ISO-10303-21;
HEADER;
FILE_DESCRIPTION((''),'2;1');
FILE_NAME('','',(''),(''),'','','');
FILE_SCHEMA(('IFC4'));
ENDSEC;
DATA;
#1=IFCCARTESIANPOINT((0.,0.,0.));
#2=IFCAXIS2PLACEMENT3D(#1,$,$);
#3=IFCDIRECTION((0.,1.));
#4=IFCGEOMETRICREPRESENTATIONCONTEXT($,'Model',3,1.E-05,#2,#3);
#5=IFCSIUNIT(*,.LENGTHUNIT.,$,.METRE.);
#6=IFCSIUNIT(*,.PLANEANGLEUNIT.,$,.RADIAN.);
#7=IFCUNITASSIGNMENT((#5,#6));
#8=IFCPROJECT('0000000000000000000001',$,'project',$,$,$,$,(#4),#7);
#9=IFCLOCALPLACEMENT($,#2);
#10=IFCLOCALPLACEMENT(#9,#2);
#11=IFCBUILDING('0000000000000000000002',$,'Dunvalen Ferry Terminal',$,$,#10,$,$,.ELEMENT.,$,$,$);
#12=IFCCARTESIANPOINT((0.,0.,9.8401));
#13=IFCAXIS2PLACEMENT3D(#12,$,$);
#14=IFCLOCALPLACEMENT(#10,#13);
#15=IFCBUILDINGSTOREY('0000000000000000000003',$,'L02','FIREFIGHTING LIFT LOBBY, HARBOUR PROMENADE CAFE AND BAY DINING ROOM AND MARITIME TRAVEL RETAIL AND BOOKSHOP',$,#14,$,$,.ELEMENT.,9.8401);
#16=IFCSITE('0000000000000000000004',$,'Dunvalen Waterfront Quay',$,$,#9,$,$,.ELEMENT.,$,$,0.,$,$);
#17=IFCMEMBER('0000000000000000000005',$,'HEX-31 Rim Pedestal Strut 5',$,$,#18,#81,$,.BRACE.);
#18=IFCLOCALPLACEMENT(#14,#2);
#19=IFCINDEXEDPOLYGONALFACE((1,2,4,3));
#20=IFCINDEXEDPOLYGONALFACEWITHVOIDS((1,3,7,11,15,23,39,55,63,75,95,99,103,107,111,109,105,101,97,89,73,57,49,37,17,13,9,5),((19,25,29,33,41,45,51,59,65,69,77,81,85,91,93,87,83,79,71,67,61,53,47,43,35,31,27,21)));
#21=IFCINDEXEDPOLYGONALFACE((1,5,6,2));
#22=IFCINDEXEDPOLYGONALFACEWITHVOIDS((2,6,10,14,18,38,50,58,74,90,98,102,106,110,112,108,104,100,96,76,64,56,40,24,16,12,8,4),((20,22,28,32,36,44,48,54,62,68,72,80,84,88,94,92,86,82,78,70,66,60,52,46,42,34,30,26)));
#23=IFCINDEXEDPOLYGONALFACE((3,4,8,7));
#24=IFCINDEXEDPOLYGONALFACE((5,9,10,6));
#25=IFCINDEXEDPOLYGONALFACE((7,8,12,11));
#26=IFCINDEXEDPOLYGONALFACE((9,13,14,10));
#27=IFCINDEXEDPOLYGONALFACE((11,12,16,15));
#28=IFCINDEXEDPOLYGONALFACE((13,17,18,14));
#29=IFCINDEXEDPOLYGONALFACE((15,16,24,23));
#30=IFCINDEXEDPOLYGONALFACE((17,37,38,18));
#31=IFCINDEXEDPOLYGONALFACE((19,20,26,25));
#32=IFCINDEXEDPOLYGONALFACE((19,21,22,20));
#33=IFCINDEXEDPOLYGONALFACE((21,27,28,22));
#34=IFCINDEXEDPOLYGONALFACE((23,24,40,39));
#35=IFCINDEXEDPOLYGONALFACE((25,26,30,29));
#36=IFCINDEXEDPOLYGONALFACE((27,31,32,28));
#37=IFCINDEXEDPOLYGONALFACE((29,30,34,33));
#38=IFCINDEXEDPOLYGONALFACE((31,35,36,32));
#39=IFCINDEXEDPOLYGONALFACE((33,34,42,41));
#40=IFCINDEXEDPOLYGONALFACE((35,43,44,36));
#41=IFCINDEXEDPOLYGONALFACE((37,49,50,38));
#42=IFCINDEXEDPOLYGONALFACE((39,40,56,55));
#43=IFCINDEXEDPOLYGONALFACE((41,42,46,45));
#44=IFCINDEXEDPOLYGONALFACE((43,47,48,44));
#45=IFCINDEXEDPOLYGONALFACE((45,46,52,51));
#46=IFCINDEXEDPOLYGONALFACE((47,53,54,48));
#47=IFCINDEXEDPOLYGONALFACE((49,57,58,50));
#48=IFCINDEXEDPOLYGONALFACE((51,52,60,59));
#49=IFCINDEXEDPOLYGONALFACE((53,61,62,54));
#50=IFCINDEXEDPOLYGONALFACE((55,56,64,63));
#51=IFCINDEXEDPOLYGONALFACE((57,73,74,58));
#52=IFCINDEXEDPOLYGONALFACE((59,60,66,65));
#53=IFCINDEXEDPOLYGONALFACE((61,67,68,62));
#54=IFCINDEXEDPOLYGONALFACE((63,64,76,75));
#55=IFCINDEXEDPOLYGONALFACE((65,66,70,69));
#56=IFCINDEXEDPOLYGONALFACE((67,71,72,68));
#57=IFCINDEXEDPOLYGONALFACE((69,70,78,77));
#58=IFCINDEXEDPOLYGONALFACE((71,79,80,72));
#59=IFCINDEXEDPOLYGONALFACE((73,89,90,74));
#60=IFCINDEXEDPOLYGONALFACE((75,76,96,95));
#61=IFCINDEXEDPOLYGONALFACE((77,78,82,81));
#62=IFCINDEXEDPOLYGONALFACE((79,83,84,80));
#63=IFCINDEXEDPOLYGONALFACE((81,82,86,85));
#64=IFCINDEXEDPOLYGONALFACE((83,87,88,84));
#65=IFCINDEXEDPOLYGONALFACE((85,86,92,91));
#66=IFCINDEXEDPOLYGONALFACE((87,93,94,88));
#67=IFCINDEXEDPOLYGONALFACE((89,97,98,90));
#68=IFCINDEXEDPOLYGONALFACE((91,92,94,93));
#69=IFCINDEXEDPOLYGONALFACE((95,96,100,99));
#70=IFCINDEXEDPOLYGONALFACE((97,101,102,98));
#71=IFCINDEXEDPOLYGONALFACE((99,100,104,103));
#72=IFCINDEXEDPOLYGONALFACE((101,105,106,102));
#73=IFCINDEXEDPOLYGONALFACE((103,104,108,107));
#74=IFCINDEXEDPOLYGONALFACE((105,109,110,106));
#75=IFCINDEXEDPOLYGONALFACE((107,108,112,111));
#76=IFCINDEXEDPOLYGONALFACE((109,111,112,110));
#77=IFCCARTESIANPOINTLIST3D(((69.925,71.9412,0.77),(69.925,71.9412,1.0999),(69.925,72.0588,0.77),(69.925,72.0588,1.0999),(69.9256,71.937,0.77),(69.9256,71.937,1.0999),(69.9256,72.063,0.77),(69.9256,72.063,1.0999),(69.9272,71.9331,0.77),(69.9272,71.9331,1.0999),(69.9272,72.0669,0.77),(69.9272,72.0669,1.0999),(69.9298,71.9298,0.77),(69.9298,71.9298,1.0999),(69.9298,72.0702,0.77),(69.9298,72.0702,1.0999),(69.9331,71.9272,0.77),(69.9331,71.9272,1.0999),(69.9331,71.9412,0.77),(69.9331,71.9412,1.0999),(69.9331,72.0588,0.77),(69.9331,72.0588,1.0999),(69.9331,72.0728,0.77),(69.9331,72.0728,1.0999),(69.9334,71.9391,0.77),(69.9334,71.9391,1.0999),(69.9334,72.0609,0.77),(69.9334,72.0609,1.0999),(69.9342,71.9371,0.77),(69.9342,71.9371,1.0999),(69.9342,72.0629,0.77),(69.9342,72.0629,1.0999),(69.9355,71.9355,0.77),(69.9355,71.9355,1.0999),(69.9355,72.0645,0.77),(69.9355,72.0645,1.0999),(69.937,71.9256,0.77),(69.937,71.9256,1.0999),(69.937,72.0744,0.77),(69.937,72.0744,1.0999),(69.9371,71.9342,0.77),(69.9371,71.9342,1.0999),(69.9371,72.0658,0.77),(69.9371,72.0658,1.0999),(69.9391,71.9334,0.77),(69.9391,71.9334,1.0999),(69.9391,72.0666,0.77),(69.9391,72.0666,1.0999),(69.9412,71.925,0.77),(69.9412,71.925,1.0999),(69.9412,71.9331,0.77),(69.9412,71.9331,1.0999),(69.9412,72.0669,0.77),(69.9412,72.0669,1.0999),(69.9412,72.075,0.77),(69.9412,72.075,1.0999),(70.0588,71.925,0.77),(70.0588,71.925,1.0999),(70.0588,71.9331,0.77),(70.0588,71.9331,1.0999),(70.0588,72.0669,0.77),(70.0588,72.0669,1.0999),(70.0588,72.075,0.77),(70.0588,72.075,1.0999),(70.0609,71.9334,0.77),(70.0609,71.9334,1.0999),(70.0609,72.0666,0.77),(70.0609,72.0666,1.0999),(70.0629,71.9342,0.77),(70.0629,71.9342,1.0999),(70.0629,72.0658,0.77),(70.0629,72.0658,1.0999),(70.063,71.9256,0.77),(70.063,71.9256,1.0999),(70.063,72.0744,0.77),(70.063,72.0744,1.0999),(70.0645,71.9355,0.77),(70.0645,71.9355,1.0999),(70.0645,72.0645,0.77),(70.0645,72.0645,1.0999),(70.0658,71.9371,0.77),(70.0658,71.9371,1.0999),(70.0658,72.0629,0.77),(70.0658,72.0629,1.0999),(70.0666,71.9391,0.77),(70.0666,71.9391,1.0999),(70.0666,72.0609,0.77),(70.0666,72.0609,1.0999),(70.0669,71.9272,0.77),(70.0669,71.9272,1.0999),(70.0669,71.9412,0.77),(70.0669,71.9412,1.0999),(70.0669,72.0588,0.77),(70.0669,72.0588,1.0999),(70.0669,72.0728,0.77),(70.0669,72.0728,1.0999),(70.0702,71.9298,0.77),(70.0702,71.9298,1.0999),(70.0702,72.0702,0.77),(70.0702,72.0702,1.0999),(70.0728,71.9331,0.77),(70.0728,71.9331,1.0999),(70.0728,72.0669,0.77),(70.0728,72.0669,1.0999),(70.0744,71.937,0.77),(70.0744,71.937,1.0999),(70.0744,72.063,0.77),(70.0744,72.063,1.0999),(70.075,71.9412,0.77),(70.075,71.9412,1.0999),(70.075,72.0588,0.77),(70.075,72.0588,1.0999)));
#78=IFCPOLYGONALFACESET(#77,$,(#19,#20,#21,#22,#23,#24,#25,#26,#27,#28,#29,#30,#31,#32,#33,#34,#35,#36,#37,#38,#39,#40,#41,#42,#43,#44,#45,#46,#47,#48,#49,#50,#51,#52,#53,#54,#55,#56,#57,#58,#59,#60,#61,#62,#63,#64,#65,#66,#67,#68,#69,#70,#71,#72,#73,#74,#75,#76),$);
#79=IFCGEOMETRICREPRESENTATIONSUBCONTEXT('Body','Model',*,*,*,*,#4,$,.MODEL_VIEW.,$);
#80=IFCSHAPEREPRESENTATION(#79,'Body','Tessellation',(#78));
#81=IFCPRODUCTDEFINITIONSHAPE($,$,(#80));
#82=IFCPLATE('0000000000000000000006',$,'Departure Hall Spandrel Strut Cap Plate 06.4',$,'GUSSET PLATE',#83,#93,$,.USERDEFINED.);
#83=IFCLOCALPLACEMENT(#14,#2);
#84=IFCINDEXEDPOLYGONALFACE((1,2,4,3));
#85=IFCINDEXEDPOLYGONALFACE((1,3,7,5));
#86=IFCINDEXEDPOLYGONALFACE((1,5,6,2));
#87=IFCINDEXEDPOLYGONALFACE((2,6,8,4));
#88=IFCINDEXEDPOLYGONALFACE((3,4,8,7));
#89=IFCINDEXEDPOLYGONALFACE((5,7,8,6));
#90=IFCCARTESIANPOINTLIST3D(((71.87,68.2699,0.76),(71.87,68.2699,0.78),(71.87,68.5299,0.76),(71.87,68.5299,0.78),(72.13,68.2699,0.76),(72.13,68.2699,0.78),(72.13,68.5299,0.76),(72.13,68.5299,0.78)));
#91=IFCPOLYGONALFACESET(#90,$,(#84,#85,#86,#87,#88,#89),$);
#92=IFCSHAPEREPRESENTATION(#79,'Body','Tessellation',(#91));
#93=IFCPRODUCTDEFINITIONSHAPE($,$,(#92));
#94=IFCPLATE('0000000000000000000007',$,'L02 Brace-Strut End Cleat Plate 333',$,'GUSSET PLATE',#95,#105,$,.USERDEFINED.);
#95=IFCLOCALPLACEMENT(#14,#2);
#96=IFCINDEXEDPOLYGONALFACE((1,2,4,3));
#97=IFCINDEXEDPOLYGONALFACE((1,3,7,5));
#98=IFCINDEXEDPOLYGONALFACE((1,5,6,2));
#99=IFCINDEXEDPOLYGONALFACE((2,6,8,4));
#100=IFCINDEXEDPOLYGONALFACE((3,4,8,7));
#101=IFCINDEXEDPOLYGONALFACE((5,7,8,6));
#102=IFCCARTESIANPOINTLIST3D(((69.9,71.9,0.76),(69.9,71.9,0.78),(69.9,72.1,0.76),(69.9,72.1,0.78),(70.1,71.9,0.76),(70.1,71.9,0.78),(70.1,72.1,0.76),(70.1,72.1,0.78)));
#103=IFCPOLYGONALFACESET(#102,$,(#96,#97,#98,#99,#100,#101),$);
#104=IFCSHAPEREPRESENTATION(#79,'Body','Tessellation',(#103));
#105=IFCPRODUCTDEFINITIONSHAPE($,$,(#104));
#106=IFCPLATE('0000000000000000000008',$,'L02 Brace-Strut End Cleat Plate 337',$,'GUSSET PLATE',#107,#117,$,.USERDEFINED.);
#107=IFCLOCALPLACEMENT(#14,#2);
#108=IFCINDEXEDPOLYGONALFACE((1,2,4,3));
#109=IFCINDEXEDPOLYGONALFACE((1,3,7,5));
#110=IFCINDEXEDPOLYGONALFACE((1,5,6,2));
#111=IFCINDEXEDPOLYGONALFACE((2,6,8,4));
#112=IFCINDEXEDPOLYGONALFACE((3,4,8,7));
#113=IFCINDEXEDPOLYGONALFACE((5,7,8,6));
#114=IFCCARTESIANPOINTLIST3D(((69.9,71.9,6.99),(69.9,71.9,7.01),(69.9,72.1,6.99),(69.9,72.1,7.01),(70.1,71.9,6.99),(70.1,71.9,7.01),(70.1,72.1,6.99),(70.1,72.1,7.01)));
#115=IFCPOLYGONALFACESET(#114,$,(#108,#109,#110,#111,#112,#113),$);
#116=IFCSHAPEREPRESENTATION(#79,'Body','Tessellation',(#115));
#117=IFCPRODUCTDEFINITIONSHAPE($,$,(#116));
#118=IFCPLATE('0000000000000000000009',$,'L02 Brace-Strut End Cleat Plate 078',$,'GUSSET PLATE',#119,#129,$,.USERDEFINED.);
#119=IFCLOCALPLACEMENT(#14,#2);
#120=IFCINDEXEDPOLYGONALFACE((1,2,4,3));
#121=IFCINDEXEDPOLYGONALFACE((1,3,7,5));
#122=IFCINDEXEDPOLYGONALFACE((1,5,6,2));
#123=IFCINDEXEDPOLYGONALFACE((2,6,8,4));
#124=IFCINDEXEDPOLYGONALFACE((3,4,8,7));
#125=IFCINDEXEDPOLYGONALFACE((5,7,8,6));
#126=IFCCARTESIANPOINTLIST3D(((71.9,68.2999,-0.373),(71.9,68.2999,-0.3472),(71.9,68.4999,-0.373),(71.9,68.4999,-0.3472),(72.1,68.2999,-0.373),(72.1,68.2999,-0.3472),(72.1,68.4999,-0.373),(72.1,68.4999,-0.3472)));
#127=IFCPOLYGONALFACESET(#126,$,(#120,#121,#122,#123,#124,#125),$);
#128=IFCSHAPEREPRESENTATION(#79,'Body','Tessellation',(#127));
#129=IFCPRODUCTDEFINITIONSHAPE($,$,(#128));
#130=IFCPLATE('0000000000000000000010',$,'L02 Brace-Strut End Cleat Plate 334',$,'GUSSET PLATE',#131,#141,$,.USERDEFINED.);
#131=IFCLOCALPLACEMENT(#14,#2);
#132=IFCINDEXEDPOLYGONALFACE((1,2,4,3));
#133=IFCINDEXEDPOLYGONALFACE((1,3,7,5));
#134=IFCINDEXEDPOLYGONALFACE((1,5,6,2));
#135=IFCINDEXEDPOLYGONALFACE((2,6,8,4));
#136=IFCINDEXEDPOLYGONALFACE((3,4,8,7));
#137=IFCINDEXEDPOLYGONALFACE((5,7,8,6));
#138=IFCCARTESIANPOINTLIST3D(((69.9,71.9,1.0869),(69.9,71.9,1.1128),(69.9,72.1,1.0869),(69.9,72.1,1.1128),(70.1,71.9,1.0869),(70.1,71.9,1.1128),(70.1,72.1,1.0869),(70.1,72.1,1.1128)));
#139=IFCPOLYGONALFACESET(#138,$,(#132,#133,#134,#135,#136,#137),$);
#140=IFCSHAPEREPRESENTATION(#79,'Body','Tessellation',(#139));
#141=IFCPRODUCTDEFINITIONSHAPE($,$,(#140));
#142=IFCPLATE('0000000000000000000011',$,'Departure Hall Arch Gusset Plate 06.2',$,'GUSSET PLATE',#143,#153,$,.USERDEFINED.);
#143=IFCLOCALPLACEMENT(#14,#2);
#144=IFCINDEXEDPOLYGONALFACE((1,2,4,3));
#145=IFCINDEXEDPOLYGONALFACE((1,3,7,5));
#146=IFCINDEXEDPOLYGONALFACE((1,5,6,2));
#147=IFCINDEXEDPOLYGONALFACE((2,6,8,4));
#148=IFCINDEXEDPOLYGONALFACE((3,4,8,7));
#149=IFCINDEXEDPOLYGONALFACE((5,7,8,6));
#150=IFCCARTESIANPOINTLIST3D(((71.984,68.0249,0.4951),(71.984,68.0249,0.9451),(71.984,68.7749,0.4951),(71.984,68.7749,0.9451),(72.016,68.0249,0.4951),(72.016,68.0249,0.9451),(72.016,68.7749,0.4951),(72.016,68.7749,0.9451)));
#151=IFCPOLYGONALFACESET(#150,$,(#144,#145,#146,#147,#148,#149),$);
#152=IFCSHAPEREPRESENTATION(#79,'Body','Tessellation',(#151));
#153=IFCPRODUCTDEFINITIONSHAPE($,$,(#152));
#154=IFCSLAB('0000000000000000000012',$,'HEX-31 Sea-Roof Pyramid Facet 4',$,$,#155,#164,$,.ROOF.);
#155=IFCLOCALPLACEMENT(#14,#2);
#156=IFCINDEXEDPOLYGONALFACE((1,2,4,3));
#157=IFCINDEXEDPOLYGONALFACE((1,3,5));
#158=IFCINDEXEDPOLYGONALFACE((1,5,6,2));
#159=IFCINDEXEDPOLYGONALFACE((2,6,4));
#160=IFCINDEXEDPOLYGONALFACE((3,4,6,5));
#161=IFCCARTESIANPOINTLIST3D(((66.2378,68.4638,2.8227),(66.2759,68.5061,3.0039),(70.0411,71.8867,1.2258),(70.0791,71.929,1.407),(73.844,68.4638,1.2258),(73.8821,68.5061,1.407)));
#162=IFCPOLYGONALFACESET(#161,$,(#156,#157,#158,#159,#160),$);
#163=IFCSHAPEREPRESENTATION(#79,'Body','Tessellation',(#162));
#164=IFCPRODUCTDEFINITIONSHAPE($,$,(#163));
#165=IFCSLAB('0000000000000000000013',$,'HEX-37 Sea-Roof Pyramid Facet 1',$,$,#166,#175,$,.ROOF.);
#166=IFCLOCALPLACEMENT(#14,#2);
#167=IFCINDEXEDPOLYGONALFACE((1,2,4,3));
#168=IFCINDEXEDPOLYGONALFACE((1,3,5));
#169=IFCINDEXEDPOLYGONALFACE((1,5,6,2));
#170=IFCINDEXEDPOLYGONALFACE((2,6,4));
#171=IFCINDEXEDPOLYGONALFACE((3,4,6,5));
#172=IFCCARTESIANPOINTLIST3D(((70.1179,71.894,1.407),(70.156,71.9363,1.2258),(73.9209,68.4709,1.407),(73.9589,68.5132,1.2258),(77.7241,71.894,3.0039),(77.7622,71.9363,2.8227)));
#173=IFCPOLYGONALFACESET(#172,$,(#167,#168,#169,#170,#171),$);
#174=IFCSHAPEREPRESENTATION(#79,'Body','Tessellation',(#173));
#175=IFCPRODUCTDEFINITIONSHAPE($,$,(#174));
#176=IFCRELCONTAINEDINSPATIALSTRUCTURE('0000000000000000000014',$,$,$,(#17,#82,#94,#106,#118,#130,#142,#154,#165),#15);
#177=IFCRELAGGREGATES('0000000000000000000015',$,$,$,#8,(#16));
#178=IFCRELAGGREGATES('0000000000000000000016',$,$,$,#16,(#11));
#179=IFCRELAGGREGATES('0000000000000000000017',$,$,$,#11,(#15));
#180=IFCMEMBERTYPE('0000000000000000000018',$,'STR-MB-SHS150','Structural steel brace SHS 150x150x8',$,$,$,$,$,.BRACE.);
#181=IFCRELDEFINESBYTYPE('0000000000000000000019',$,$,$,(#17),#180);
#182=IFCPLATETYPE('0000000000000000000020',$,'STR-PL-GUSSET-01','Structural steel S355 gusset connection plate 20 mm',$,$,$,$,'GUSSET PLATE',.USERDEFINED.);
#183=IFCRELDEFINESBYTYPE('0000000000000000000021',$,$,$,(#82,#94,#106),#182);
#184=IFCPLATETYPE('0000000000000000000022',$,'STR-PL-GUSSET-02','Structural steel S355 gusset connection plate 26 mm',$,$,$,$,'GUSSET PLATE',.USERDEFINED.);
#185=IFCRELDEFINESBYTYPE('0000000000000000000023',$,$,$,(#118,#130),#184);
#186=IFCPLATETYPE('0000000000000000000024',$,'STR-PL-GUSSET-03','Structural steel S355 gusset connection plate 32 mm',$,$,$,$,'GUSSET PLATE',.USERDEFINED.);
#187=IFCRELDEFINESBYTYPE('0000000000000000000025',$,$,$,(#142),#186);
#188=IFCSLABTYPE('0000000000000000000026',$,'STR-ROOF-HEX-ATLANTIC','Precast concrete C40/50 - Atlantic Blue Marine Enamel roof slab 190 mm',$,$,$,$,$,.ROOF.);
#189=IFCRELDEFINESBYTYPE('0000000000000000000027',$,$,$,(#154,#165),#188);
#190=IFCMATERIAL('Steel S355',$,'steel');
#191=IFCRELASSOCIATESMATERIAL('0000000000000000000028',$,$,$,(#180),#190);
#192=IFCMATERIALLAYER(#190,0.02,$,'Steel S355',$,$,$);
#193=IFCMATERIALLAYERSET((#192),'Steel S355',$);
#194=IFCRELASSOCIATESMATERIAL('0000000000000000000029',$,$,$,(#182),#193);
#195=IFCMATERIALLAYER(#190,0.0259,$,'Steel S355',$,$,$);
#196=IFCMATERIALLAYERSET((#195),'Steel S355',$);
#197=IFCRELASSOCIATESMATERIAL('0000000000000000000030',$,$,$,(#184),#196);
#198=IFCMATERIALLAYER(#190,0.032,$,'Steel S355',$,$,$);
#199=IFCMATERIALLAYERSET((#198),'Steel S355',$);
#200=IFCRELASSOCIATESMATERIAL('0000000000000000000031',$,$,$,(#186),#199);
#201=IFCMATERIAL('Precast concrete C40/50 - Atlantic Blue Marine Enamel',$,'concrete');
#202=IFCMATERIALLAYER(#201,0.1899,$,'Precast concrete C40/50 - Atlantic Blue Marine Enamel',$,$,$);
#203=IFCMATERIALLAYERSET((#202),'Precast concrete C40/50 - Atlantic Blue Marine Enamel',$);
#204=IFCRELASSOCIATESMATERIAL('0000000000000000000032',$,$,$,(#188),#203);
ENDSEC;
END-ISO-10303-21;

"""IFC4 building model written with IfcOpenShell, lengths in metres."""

from ifc_helpers import new_model, si_unit, direction, frame, origin, origin_2d, place, context, subcontext, project, spatial, polyline, rectangle, hollow_rectangle, outline, extrude, material, layer, layer_set, material_profile, profile_set, type_object, element, save


model = new_model("IFC4")

# Units and contexts
model_context = context("Model", 3, precision=1e-05, world=origin(), true_north=direction((0.0, 1.0)))
body_context = subcontext(model_context, "Body", "Model", "MODEL_VIEW")
ifc_project = project(units=[si_unit("LENGTHUNIT", "METRE"), si_unit("PLANEANGLEUNIT", "RADIAN")], contexts=[model_context])

# Site, building, storey
site_placement = place(None, origin())
site = spatial("IfcSite", under=ifc_project, at=site_placement, Name="Dunvalen Waterfront Quay", CompositionType="ELEMENT", RefElevation=0.0)
building_placement = place(site_placement, origin())
building = spatial("IfcBuilding", under=site, at=building_placement, Name="Dunvalen Ferry Terminal", CompositionType="ELEMENT")
storey_placement = place(building_placement, frame((0.0, 0.0, 9.8401)))
storey = spatial("IfcBuildingStorey", under=building, at=storey_placement, Name="L02", Description="FIREFIGHTING LIFT LOBBY, HARBOUR PROMENADE CAFE AND BAY DINING ROOM AND MARITIME TRAVEL RETAIL AND BOOKSHOP", CompositionType="ELEMENT", Elevation=9.8401)

# Shared definitions
ifc_material_1 = material(Name="Steel S355", Category="steel")

# Member
ifc_material_profile_1 = material_profile(ifc_material_1, hollow_rectangle(XDim=0.1499, YDim=0.1499, WallThickness=0.0081, InnerFilletRadius=0.0081, OuterFilletRadius=0.0161, at=origin_2d()), Name="Steel S355")
ifc_profile_set_1 = profile_set([ifc_material_profile_1], Name="Steel S355")
member_type_1 = type_object("IfcMemberType", Name="STR-MB-SHS150", Description="Structural steel brace SHS 150x150x8", PredefinedType="BRACE", material=ifc_profile_set_1)
for number, where, z_axis, x_axis, name in (
    (1, (70.0, 72.0, 0.77), (0.0, 0.0, 1.0), (1.0, 0.0, 0.0), "HEX-31 Rim Pedestal Strut 5"),
):
    element("IfcMember", number, at=place(storey_placement, frame(where, z_axis=z_axis, x_axis=x_axis)), inside=storey, type_object=member_type_1, Name=name, PredefinedType="BRACE", context=body_context, shape_type="SweptSolid", body=[
        extrude(hollow_rectangle(XDim=0.1499, YDim=0.1499, WallThickness=0.0081, InnerFilletRadius=0.0081, OuterFilletRadius=0.0161, at=origin_2d()), origin(), (0.0, 0.0, 1.0), 0.3298),
    ])

# Plates
ifc_layer_1 = layer(ifc_material_1, 0.02, Name="Steel S355")
ifc_layer_set_1 = layer_set([ifc_layer_1], Name="Steel S355")
plate_type_1 = type_object("IfcPlateType", Name="STR-PL-GUSSET-01", Description="Structural steel S355 gusset connection plate 20 mm", ElementType="GUSSET PLATE", PredefinedType="USERDEFINED", material=ifc_layer_set_1)
plate_1_placement = place(storey_placement, frame((72.0, 68.3999, 0.76), z_axis=(0.0, 0.0, 1.0), x_axis=(1.0, 0.0, 0.0)))
element("IfcPlate", 2, at=plate_1_placement, inside=storey, type_object=plate_type_1, Name="Departure Hall Spandrel Strut Cap Plate 06.4", ObjectType="GUSSET PLATE", PredefinedType="USERDEFINED", context=body_context, shape_type="SweptSolid", body=[
    extrude(rectangle(XDim=0.26, YDim=0.26, at=origin_2d()), origin(), (0.0, 0.0, 1.0), 0.02),
])
for number, where, z_axis, x_axis, name in (
    (3, (70.0, 72.0, 0.76), (0.0, 0.0, 1.0), (1.0, 0.0, 0.0), "L02 Brace-Strut End Cleat Plate 333"),
    (4, (70.0, 72.0, 6.99), (0.0, 0.0, 1.0), (1.0, 0.0, 0.0), "L02 Brace-Strut End Cleat Plate 337"),
):
    element("IfcPlate", number, at=place(storey_placement, frame(where, z_axis=z_axis, x_axis=x_axis)), inside=storey, type_object=plate_type_1, Name=name, ObjectType="GUSSET PLATE", PredefinedType="USERDEFINED", context=body_context, shape_type="SweptSolid", body=[
        extrude(rectangle(XDim=0.2, YDim=0.2, at=origin_2d()), origin(), (0.0, 0.0, 1.0), 0.02),
    ])
ifc_layer_2 = layer(ifc_material_1, 0.0259, Name="Steel S355")
ifc_layer_set_2 = layer_set([ifc_layer_2], Name="Steel S355")
plate_type_2 = type_object("IfcPlateType", Name="STR-PL-GUSSET-02", Description="Structural steel S355 gusset connection plate 26 mm", ElementType="GUSSET PLATE", PredefinedType="USERDEFINED", material=ifc_layer_set_2)
for number, where, z_axis, x_axis, name in (
    (5, (72.0, 68.3999, -0.373), (0.0, 0.0, 1.0), (1.0, 0.0, 0.0), "L02 Brace-Strut End Cleat Plate 078"),
    (6, (70.0, 72.0, 1.0869), (0.0, 0.0, 1.0), (1.0, 0.0, 0.0), "L02 Brace-Strut End Cleat Plate 334"),
):
    element("IfcPlate", number, at=place(storey_placement, frame(where, z_axis=z_axis, x_axis=x_axis)), inside=storey, type_object=plate_type_2, Name=name, ObjectType="GUSSET PLATE", PredefinedType="USERDEFINED", context=body_context, shape_type="SweptSolid", body=[
        extrude(rectangle(XDim=0.2, YDim=0.2, at=origin_2d()), origin(), (0.0, 0.0, 1.0), 0.0259),
    ])
ifc_layer_3 = layer(ifc_material_1, 0.032, Name="Steel S355")
ifc_layer_set_3 = layer_set([ifc_layer_3], Name="Steel S355")
plate_type_3 = type_object("IfcPlateType", Name="STR-PL-GUSSET-03", Description="Structural steel S355 gusset connection plate 32 mm", ElementType="GUSSET PLATE", PredefinedType="USERDEFINED", material=ifc_layer_set_3)
plate_2_placement = place(storey_placement, frame((72.0, 68.3999, 0.4951), z_axis=(0.0, 0.0, 1.0), x_axis=(1.0, 0.0, 0.0)))
element("IfcPlate", 7, at=plate_2_placement, inside=storey, type_object=plate_type_3, Name="Departure Hall Arch Gusset Plate 06.2", ObjectType="GUSSET PLATE", PredefinedType="USERDEFINED", context=body_context, shape_type="SweptSolid", body=[
    extrude(rectangle(XDim=0.032, YDim=0.75, at=origin_2d()), origin(), (0.0, 0.0, 1.0), 0.45),
])

# Slabs
ifc_material_2 = material(Name="Precast concrete C40/50 - Atlantic Blue Marine Enamel", Category="concrete")
ifc_layer_4 = layer(ifc_material_2, 0.1899, Name="Precast concrete C40/50 - Atlantic Blue Marine Enamel")
ifc_layer_set_4 = layer_set([ifc_layer_4], Name="Precast concrete C40/50 - Atlantic Blue Marine Enamel")
slab_type = type_object("IfcSlabType", Name="STR-ROOF-HEX-ATLANTIC", Description="Precast concrete C40/50 - Atlantic Blue Marine Enamel roof slab 190 mm", PredefinedType="ROOF", material=ifc_layer_set_4)
slab_1_placement = place(storey_placement, frame((73.8821, 68.5061, 1.407), z_axis=(0.200317, 0.222563, 0.954117), x_axis=(-0.743278, 0.668983, 0.0)))
element("IfcSlab", 8, at=slab_1_placement, inside=storey, type_object=slab_type, Name="HEX-31 Sea-Roof Pyramid Facet 4", PredefinedType="ROOF", context=body_context, shape_type="SweptSolid", body=[
    extrude(outline(polyline([(0.0, 0.0), (5.1165, 0.0), (5.6535, 5.3331), (0.0, 0.0)])), origin(), (0.0, 0.0, -1.0), 0.1899),
])
slab_2_placement = place(storey_placement, frame((70.1179, 71.894, 1.407), z_axis=(-0.200318, -0.222548, 0.95412), x_axis=(0.743254, -0.66901, 0.0)))
element("IfcSlab", 9, at=slab_2_placement, inside=storey, type_object=slab_type, Name="HEX-37 Sea-Roof Pyramid Facet 1", PredefinedType="ROOF", context=body_context, shape_type="SweptSolid", body=[
    extrude(outline(polyline([(0.0, 0.0), (5.1167, 0.0), (5.6533, 5.3333), (0.0, 0.0)])), origin(), (0.0, 0.0, -1.0), 0.1899),
])

save(model, "model.ifc")
